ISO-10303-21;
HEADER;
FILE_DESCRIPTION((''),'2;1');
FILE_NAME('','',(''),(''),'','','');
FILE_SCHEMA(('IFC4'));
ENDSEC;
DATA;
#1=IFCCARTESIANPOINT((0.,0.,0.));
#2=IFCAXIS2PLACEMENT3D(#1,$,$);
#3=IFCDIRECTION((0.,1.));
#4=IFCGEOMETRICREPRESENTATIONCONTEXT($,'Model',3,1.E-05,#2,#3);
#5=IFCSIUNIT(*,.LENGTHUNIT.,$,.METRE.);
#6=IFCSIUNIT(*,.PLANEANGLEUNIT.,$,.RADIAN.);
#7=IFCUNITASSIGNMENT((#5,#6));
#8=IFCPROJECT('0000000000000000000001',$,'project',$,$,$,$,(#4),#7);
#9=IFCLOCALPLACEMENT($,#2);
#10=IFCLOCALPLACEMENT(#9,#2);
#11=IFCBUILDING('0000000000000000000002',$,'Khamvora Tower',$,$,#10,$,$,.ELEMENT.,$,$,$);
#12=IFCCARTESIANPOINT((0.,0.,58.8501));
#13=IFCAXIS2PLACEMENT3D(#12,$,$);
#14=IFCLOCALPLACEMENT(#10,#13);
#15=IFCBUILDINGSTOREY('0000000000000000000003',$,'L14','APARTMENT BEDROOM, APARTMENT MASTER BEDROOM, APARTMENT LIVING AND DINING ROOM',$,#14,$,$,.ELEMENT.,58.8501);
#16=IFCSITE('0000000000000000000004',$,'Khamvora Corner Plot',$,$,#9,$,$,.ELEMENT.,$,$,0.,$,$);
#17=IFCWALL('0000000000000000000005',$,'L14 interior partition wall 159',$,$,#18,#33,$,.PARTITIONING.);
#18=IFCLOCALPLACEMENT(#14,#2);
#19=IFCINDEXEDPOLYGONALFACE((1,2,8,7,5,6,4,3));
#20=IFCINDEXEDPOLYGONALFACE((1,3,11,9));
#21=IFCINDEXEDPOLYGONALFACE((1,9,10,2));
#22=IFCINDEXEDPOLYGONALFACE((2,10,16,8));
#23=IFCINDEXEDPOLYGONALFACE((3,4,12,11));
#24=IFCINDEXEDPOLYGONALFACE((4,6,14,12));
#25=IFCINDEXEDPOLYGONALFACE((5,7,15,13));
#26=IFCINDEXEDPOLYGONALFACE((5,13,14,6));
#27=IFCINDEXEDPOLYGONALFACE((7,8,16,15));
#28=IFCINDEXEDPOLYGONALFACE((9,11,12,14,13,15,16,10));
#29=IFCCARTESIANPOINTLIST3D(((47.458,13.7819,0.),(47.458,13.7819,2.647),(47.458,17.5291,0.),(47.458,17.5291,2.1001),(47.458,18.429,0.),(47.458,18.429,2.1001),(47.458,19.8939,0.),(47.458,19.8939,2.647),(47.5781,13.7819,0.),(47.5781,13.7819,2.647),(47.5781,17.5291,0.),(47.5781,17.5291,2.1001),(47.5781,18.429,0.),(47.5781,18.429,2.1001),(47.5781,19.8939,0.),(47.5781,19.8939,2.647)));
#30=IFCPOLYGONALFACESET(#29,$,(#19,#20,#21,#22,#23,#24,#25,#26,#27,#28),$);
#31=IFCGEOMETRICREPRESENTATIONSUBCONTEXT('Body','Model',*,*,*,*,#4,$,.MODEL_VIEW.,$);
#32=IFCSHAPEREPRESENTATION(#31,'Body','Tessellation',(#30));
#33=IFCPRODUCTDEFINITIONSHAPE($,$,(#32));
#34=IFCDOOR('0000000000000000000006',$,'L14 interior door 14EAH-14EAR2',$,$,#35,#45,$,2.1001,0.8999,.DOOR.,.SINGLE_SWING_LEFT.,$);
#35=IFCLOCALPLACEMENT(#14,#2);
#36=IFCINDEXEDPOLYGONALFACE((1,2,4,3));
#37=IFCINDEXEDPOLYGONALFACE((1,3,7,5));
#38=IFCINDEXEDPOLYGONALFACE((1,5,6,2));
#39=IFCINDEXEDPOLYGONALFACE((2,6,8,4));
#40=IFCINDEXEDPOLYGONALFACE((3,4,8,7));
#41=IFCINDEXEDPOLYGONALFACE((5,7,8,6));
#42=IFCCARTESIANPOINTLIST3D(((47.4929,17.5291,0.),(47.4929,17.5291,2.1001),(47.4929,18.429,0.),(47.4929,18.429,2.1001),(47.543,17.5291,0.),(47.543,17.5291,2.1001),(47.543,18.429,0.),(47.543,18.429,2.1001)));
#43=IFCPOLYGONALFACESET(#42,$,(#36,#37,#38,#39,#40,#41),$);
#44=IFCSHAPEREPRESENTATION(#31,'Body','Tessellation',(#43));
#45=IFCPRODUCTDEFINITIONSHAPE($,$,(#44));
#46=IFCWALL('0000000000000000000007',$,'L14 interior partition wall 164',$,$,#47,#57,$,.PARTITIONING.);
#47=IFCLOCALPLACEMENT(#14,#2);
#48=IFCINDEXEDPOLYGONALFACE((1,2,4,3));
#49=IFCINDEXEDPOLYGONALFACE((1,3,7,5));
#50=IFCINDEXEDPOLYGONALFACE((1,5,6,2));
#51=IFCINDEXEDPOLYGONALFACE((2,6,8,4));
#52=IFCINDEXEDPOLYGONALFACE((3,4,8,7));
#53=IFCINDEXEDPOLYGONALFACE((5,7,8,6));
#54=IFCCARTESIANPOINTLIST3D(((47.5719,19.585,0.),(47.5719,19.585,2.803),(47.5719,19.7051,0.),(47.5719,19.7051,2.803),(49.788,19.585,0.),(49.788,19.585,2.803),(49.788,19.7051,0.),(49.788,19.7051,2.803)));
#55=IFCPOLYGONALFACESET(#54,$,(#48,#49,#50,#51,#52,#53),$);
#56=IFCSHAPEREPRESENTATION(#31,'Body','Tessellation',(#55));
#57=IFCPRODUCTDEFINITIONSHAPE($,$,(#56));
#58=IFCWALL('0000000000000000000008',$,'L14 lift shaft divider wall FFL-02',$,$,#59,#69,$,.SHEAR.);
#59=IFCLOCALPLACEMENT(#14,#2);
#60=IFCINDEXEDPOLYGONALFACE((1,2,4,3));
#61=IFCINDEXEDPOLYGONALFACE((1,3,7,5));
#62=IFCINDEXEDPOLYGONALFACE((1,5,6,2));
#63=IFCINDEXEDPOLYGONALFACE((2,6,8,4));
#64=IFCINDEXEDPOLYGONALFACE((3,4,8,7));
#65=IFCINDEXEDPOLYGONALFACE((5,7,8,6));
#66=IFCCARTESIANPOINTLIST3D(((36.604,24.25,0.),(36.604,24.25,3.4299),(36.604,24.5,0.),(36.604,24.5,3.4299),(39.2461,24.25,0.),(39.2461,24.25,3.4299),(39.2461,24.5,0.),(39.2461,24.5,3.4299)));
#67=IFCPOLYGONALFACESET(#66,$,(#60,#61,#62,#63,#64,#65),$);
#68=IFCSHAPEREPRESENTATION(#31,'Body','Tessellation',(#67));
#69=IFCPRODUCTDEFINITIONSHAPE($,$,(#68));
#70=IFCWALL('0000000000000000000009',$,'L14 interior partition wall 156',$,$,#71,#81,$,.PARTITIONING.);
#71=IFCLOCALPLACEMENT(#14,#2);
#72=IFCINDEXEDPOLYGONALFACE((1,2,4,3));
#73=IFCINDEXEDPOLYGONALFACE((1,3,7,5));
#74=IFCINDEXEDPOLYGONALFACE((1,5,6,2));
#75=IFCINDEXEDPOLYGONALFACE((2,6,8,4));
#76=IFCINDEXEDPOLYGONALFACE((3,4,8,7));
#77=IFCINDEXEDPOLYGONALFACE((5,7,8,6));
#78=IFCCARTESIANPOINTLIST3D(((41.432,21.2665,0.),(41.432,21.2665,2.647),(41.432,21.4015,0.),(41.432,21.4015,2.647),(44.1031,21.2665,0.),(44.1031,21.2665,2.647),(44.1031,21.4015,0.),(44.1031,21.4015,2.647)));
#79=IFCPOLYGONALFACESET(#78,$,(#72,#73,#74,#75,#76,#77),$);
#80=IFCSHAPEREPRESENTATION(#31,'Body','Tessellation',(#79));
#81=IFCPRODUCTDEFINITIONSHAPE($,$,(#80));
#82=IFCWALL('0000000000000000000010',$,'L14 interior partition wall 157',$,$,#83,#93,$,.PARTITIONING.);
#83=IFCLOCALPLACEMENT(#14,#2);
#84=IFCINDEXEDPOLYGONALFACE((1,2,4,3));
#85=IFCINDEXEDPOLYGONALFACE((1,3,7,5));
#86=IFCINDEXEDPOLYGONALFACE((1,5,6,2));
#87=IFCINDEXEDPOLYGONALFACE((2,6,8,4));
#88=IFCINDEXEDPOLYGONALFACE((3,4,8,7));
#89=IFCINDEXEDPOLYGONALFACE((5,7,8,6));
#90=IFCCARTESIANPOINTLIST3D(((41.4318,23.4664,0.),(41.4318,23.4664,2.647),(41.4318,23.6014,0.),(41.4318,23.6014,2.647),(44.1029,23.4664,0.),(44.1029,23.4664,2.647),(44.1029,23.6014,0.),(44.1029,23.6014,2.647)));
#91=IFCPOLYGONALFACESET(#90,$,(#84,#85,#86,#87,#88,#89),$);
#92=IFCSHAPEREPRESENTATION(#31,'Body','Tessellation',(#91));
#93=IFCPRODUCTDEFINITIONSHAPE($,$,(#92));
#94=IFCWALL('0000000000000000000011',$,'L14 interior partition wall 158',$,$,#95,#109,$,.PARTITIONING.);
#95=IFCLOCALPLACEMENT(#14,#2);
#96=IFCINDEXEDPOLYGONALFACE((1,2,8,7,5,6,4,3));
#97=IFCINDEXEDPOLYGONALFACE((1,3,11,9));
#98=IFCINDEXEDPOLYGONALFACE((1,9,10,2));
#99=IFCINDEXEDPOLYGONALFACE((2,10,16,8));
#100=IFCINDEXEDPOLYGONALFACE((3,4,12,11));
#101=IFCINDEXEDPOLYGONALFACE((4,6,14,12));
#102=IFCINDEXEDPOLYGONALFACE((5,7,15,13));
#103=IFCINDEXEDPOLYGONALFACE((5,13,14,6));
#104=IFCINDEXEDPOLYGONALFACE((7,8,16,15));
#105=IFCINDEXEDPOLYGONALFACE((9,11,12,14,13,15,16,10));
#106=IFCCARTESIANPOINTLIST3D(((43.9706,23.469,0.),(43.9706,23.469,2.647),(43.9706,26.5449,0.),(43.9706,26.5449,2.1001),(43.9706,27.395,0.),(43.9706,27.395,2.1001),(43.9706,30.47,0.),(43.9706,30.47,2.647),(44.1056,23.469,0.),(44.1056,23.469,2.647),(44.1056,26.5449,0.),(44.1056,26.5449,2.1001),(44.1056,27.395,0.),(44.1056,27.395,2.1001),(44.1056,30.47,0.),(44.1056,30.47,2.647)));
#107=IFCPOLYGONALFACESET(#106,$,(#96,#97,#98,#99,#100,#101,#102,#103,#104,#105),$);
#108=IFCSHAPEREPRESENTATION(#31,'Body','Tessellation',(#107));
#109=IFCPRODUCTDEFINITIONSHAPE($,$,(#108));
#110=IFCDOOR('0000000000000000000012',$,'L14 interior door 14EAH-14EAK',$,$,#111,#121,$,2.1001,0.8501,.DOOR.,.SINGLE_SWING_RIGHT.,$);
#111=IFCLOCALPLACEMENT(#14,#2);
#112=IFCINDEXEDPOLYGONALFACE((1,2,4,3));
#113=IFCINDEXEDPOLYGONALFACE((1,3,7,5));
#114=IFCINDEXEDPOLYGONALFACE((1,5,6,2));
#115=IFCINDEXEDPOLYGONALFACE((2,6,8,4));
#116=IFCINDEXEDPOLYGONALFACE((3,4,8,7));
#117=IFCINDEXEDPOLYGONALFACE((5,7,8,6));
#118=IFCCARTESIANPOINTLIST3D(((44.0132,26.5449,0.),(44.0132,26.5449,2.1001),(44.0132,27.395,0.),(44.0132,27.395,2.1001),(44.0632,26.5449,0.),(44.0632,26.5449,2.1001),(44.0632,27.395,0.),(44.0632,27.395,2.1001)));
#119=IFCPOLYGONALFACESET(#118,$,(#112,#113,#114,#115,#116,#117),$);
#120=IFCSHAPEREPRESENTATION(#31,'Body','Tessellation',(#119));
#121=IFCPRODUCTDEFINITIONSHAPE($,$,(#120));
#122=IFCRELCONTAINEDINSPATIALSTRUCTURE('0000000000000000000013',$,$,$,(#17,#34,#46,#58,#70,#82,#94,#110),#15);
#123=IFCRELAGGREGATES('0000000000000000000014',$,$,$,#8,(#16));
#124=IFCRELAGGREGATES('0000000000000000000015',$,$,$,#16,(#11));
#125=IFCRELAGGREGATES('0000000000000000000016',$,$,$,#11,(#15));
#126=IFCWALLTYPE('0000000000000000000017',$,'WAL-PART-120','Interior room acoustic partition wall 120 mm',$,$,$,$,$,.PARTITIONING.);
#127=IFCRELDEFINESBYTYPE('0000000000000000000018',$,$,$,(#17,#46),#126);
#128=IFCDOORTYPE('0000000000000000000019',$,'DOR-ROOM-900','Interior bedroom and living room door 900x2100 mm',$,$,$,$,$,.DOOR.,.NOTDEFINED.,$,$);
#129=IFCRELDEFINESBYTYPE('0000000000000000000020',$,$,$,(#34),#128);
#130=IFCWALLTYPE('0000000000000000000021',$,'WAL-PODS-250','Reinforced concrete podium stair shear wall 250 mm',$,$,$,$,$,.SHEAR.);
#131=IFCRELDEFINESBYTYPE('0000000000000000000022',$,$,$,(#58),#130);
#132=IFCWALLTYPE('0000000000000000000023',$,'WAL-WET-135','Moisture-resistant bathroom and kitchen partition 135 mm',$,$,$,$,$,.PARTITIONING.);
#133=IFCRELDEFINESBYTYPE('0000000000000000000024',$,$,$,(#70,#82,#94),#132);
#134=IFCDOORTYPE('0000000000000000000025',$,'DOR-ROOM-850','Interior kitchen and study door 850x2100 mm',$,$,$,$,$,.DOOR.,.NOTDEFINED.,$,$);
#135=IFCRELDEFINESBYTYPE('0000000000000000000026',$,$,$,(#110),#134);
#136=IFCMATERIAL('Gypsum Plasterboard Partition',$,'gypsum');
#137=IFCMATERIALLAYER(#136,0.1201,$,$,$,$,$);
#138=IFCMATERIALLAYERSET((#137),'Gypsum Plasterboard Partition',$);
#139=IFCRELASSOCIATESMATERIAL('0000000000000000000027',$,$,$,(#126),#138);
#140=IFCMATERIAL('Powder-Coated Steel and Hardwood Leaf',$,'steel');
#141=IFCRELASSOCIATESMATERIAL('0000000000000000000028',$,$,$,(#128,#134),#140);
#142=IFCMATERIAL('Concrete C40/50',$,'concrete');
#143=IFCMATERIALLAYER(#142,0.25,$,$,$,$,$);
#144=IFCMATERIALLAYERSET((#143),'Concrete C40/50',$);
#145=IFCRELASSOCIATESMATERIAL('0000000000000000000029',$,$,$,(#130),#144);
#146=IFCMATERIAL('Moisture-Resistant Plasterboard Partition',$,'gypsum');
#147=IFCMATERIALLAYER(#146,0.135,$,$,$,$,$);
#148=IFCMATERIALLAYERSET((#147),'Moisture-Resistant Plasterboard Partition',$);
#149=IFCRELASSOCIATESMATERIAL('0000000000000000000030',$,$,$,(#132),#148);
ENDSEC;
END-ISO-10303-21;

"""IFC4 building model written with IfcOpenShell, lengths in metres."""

from ifc_helpers import new_model, si_unit, direction, frame, frame_2d, origin, place, context, subcontext, project, spatial, rectangle, extrude, material, layer, layer_set, type_object, element, fill, save


model = new_model("IFC4")

# Units and contexts
model_context = context("Model", 3, precision=1e-05, world=origin(), true_north=direction((0.0, 1.0)))
body_context = subcontext(model_context, "Body", "Model", "MODEL_VIEW")
ifc_project = project(units=[si_unit("LENGTHUNIT", "METRE"), si_unit("PLANEANGLEUNIT", "RADIAN")], contexts=[model_context])

# Site, building, storey
site_placement = place(None, origin())
site = spatial("IfcSite", under=ifc_project, at=site_placement, Name="Khamvora Corner Plot", CompositionType="ELEMENT", RefElevation=0.0)
building_placement = place(site_placement, origin())
building = spatial("IfcBuilding", under=site, at=building_placement, Name="Khamvora Tower", CompositionType="ELEMENT")
storey_placement = place(building_placement, frame((0.0, 0.0, 58.8501)))
storey = spatial("IfcBuildingStorey", under=building, at=storey_placement, Name="L14", Description="APARTMENT BEDROOM, APARTMENT MASTER BEDROOM, APARTMENT LIVING AND DINING ROOM", CompositionType="ELEMENT", Elevation=58.8501)

# Wall, opening, door
ifc_material_1 = material(Name="Gypsum Plasterboard Partition", Category="gypsum")
ifc_layer_1 = layer(ifc_material_1, 0.1201)
ifc_layer_set_1 = layer_set([ifc_layer_1], Name="Gypsum Plasterboard Partition")
wall_type_1 = type_object("IfcWallType", Name="WAL-PART-120", Description="Interior room acoustic partition wall 120 mm", PredefinedType="PARTITIONING", material=ifc_layer_set_1)
wall_1_placement = place(storey_placement, frame((47.5181, 19.894, 0.0), z_axis=(0.0, 0.0, 1.0), x_axis=(0.0, -1.0, 0.0)))
wall_1 = element("IfcWall", 1, at=wall_1_placement, inside=storey, type_object=wall_type_1, Name="L14 interior partition wall 159", PredefinedType="PARTITIONING", context=body_context, shape_type="SweptSolid", body=[
    extrude(rectangle(XDim=6.1121, YDim=0.1201, at=frame_2d((3.0562, 0.0))), origin(), (0.0, 0.0, 1.0), 2.647),
])
opening_1_placement = place(wall_1_placement, frame((1.4651, 0.0, 0.0)))
opening_1 = element("IfcOpeningElement", 2, at=opening_1_placement, cuts=wall_1, PredefinedType="OPENING", context=body_context, shape_type="SweptSolid", body=[
    extrude(rectangle(XDim=0.8999, YDim=2.1001, at=frame_2d((0.45, 1.05))), frame((0.0, 0.0701, 0.0), z_axis=(0.0, -1.0, 0.0), x_axis=(1.0, 0.0, 0.0)), (0.0, 0.0, 1.0), 0.1401),
])
ifc_material_2 = material(Name="Powder-Coated Steel and Hardwood Leaf", Category="steel")
door_type_1 = type_object("IfcDoorType", Name="DOR-ROOM-900", Description="Interior bedroom and living room door 900x2100 mm", OperationType="NOTDEFINED", PredefinedType="DOOR", material=ifc_material_2)
door_1_placement = place(opening_1_placement, origin())
door_1 = element("IfcDoor", 3, at=door_1_placement, inside=storey, type_object=door_type_1, Name="L14 interior door 14EAH-14EAR2", OperationType="SINGLE_SWING_LEFT", OverallHeight=2.1001, OverallWidth=0.8999, PredefinedType="DOOR", context=body_context, shape_type="SweptSolid", body=[
    extrude(rectangle(XDim=0.8999, YDim=2.1001, at=frame_2d((0.45, 1.05))), frame((0.0, 0.0249, 0.0), z_axis=(0.0, -1.0, 0.0), x_axis=(1.0, 0.0, 0.0)), (0.0, 0.0, 1.0), 0.05),
])
fill(opening_1, door_1)

# Walls
wall_2_placement = place(storey_placement, frame((47.572, 19.645, 0.0), z_axis=(0.0, 0.0, 1.0), x_axis=(1.0, 0.0, 0.0)))
element("IfcWall", 4, at=wall_2_placement, inside=storey, type_object=wall_type_1, Name="L14 interior partition wall 164", PredefinedType="PARTITIONING", context=body_context, shape_type="SweptSolid", body=[
    extrude(rectangle(XDim=2.2161, YDim=0.1201, at=frame_2d((1.1079, 0.0))), origin(), (0.0, 0.0, 1.0), 2.803),
])
ifc_material_3 = material(Name="Concrete C40/50", Category="concrete")
ifc_layer_2 = layer(ifc_material_3, 0.25)
ifc_layer_set_2 = layer_set([ifc_layer_2], Name="Concrete C40/50")
wall_type_2 = type_object("IfcWallType", Name="WAL-PODS-250", Description="Reinforced concrete podium stair shear wall 250 mm", PredefinedType="SHEAR", material=ifc_layer_set_2)
wall_3_placement = place(storey_placement, frame((36.604, 24.375, 0.0), z_axis=(0.0, 0.0, 1.0), x_axis=(1.0, 0.0, 0.0)))
element("IfcWall", 5, at=wall_3_placement, inside=storey, type_object=wall_type_2, Name="L14 lift shaft divider wall FFL-02", PredefinedType="SHEAR", context=body_context, shape_type="SweptSolid", body=[
    extrude(rectangle(XDim=2.6421, YDim=0.25, at=frame_2d((1.321, 0.0))), origin(), (0.0, 0.0, 1.0), 3.4299),
])
ifc_material_4 = material(Name="Moisture-Resistant Plasterboard Partition", Category="gypsum")
ifc_layer_3 = layer(ifc_material_4, 0.135)
ifc_layer_set_3 = layer_set([ifc_layer_3], Name="Moisture-Resistant Plasterboard Partition")
wall_type_3 = type_object("IfcWallType", Name="WAL-WET-135", Description="Moisture-resistant bathroom and kitchen partition 135 mm", PredefinedType="PARTITIONING", material=ifc_layer_set_3)
for number, where, z_axis, x_axis, name in (
    (6, (44.103, 21.334, 0.0), (0.0, 0.0, 1.0), (-1.0, 0.0, 0.0), "L14 interior partition wall 156"),
    (7, (41.4319, 23.5339, 0.0), (0.0, 0.0, 1.0), (1.0, 0.0, 0.0), "L14 interior partition wall 157"),
):
    element("IfcWall", number, at=place(storey_placement, frame(where, z_axis=z_axis, x_axis=x_axis)), inside=storey, type_object=wall_type_3, Name=name, PredefinedType="PARTITIONING", context=body_context, shape_type="SweptSolid", body=[
        extrude(rectangle(XDim=2.6711, YDim=0.135, at=frame_2d((1.3354, 0.0))), origin(), (0.0, 0.0, 1.0), 2.647),
    ])

# Wall, opening, door
wall_4_placement = place(storey_placement, frame((44.0381, 23.469, 0.0), z_axis=(0.0, 0.0, 1.0), x_axis=(0.0, 1.0, 0.0)))
wall_4 = element("IfcWall", 8, at=wall_4_placement, inside=storey, type_object=wall_type_3, Name="L14 interior partition wall 158", PredefinedType="PARTITIONING", context=body_context, shape_type="SweptSolid", body=[
    extrude(rectangle(XDim=7.001, YDim=0.135, at=frame_2d((3.5005, 0.0))), origin(), (0.0, 0.0, 1.0), 2.647),
])
opening_2_placement = place(wall_4_placement, frame((3.0759, 0.0, 0.0)))
opening_2 = element("IfcOpeningElement", 9, at=opening_2_placement, cuts=wall_4, PredefinedType="OPENING", context=body_context, shape_type="SweptSolid", body=[
    extrude(rectangle(XDim=0.8501, YDim=2.1001, at=frame_2d((0.425, 1.05))), frame((0.0, 0.0774, 0.0), z_axis=(0.0, -1.0, 0.0), x_axis=(1.0, 0.0, 0.0)), (0.0, 0.0, 1.0), 0.155),
])
door_type_2 = type_object("IfcDoorType", Name="DOR-ROOM-850", Description="Interior kitchen and study door 850x2100 mm", OperationType="NOTDEFINED", PredefinedType="DOOR", material=ifc_material_2)
door_2_placement = place(opening_2_placement, origin())
door_2 = element("IfcDoor", 10, at=door_2_placement, inside=storey, type_object=door_type_2, Name="L14 interior door 14EAH-14EAK", OperationType="SINGLE_SWING_RIGHT", OverallHeight=2.1001, OverallWidth=0.8501, PredefinedType="DOOR", context=body_context, shape_type="SweptSolid", body=[
    extrude(rectangle(XDim=0.8501, YDim=2.1001, at=frame_2d((0.425, 1.05))), frame((0.0, 0.0249, 0.0), z_axis=(0.0, -1.0, 0.0), x_axis=(1.0, 0.0, 0.0)), (0.0, 0.0, 1.0), 0.05),
])
fill(opening_2, door_2)

save(model, "model.ifc")
